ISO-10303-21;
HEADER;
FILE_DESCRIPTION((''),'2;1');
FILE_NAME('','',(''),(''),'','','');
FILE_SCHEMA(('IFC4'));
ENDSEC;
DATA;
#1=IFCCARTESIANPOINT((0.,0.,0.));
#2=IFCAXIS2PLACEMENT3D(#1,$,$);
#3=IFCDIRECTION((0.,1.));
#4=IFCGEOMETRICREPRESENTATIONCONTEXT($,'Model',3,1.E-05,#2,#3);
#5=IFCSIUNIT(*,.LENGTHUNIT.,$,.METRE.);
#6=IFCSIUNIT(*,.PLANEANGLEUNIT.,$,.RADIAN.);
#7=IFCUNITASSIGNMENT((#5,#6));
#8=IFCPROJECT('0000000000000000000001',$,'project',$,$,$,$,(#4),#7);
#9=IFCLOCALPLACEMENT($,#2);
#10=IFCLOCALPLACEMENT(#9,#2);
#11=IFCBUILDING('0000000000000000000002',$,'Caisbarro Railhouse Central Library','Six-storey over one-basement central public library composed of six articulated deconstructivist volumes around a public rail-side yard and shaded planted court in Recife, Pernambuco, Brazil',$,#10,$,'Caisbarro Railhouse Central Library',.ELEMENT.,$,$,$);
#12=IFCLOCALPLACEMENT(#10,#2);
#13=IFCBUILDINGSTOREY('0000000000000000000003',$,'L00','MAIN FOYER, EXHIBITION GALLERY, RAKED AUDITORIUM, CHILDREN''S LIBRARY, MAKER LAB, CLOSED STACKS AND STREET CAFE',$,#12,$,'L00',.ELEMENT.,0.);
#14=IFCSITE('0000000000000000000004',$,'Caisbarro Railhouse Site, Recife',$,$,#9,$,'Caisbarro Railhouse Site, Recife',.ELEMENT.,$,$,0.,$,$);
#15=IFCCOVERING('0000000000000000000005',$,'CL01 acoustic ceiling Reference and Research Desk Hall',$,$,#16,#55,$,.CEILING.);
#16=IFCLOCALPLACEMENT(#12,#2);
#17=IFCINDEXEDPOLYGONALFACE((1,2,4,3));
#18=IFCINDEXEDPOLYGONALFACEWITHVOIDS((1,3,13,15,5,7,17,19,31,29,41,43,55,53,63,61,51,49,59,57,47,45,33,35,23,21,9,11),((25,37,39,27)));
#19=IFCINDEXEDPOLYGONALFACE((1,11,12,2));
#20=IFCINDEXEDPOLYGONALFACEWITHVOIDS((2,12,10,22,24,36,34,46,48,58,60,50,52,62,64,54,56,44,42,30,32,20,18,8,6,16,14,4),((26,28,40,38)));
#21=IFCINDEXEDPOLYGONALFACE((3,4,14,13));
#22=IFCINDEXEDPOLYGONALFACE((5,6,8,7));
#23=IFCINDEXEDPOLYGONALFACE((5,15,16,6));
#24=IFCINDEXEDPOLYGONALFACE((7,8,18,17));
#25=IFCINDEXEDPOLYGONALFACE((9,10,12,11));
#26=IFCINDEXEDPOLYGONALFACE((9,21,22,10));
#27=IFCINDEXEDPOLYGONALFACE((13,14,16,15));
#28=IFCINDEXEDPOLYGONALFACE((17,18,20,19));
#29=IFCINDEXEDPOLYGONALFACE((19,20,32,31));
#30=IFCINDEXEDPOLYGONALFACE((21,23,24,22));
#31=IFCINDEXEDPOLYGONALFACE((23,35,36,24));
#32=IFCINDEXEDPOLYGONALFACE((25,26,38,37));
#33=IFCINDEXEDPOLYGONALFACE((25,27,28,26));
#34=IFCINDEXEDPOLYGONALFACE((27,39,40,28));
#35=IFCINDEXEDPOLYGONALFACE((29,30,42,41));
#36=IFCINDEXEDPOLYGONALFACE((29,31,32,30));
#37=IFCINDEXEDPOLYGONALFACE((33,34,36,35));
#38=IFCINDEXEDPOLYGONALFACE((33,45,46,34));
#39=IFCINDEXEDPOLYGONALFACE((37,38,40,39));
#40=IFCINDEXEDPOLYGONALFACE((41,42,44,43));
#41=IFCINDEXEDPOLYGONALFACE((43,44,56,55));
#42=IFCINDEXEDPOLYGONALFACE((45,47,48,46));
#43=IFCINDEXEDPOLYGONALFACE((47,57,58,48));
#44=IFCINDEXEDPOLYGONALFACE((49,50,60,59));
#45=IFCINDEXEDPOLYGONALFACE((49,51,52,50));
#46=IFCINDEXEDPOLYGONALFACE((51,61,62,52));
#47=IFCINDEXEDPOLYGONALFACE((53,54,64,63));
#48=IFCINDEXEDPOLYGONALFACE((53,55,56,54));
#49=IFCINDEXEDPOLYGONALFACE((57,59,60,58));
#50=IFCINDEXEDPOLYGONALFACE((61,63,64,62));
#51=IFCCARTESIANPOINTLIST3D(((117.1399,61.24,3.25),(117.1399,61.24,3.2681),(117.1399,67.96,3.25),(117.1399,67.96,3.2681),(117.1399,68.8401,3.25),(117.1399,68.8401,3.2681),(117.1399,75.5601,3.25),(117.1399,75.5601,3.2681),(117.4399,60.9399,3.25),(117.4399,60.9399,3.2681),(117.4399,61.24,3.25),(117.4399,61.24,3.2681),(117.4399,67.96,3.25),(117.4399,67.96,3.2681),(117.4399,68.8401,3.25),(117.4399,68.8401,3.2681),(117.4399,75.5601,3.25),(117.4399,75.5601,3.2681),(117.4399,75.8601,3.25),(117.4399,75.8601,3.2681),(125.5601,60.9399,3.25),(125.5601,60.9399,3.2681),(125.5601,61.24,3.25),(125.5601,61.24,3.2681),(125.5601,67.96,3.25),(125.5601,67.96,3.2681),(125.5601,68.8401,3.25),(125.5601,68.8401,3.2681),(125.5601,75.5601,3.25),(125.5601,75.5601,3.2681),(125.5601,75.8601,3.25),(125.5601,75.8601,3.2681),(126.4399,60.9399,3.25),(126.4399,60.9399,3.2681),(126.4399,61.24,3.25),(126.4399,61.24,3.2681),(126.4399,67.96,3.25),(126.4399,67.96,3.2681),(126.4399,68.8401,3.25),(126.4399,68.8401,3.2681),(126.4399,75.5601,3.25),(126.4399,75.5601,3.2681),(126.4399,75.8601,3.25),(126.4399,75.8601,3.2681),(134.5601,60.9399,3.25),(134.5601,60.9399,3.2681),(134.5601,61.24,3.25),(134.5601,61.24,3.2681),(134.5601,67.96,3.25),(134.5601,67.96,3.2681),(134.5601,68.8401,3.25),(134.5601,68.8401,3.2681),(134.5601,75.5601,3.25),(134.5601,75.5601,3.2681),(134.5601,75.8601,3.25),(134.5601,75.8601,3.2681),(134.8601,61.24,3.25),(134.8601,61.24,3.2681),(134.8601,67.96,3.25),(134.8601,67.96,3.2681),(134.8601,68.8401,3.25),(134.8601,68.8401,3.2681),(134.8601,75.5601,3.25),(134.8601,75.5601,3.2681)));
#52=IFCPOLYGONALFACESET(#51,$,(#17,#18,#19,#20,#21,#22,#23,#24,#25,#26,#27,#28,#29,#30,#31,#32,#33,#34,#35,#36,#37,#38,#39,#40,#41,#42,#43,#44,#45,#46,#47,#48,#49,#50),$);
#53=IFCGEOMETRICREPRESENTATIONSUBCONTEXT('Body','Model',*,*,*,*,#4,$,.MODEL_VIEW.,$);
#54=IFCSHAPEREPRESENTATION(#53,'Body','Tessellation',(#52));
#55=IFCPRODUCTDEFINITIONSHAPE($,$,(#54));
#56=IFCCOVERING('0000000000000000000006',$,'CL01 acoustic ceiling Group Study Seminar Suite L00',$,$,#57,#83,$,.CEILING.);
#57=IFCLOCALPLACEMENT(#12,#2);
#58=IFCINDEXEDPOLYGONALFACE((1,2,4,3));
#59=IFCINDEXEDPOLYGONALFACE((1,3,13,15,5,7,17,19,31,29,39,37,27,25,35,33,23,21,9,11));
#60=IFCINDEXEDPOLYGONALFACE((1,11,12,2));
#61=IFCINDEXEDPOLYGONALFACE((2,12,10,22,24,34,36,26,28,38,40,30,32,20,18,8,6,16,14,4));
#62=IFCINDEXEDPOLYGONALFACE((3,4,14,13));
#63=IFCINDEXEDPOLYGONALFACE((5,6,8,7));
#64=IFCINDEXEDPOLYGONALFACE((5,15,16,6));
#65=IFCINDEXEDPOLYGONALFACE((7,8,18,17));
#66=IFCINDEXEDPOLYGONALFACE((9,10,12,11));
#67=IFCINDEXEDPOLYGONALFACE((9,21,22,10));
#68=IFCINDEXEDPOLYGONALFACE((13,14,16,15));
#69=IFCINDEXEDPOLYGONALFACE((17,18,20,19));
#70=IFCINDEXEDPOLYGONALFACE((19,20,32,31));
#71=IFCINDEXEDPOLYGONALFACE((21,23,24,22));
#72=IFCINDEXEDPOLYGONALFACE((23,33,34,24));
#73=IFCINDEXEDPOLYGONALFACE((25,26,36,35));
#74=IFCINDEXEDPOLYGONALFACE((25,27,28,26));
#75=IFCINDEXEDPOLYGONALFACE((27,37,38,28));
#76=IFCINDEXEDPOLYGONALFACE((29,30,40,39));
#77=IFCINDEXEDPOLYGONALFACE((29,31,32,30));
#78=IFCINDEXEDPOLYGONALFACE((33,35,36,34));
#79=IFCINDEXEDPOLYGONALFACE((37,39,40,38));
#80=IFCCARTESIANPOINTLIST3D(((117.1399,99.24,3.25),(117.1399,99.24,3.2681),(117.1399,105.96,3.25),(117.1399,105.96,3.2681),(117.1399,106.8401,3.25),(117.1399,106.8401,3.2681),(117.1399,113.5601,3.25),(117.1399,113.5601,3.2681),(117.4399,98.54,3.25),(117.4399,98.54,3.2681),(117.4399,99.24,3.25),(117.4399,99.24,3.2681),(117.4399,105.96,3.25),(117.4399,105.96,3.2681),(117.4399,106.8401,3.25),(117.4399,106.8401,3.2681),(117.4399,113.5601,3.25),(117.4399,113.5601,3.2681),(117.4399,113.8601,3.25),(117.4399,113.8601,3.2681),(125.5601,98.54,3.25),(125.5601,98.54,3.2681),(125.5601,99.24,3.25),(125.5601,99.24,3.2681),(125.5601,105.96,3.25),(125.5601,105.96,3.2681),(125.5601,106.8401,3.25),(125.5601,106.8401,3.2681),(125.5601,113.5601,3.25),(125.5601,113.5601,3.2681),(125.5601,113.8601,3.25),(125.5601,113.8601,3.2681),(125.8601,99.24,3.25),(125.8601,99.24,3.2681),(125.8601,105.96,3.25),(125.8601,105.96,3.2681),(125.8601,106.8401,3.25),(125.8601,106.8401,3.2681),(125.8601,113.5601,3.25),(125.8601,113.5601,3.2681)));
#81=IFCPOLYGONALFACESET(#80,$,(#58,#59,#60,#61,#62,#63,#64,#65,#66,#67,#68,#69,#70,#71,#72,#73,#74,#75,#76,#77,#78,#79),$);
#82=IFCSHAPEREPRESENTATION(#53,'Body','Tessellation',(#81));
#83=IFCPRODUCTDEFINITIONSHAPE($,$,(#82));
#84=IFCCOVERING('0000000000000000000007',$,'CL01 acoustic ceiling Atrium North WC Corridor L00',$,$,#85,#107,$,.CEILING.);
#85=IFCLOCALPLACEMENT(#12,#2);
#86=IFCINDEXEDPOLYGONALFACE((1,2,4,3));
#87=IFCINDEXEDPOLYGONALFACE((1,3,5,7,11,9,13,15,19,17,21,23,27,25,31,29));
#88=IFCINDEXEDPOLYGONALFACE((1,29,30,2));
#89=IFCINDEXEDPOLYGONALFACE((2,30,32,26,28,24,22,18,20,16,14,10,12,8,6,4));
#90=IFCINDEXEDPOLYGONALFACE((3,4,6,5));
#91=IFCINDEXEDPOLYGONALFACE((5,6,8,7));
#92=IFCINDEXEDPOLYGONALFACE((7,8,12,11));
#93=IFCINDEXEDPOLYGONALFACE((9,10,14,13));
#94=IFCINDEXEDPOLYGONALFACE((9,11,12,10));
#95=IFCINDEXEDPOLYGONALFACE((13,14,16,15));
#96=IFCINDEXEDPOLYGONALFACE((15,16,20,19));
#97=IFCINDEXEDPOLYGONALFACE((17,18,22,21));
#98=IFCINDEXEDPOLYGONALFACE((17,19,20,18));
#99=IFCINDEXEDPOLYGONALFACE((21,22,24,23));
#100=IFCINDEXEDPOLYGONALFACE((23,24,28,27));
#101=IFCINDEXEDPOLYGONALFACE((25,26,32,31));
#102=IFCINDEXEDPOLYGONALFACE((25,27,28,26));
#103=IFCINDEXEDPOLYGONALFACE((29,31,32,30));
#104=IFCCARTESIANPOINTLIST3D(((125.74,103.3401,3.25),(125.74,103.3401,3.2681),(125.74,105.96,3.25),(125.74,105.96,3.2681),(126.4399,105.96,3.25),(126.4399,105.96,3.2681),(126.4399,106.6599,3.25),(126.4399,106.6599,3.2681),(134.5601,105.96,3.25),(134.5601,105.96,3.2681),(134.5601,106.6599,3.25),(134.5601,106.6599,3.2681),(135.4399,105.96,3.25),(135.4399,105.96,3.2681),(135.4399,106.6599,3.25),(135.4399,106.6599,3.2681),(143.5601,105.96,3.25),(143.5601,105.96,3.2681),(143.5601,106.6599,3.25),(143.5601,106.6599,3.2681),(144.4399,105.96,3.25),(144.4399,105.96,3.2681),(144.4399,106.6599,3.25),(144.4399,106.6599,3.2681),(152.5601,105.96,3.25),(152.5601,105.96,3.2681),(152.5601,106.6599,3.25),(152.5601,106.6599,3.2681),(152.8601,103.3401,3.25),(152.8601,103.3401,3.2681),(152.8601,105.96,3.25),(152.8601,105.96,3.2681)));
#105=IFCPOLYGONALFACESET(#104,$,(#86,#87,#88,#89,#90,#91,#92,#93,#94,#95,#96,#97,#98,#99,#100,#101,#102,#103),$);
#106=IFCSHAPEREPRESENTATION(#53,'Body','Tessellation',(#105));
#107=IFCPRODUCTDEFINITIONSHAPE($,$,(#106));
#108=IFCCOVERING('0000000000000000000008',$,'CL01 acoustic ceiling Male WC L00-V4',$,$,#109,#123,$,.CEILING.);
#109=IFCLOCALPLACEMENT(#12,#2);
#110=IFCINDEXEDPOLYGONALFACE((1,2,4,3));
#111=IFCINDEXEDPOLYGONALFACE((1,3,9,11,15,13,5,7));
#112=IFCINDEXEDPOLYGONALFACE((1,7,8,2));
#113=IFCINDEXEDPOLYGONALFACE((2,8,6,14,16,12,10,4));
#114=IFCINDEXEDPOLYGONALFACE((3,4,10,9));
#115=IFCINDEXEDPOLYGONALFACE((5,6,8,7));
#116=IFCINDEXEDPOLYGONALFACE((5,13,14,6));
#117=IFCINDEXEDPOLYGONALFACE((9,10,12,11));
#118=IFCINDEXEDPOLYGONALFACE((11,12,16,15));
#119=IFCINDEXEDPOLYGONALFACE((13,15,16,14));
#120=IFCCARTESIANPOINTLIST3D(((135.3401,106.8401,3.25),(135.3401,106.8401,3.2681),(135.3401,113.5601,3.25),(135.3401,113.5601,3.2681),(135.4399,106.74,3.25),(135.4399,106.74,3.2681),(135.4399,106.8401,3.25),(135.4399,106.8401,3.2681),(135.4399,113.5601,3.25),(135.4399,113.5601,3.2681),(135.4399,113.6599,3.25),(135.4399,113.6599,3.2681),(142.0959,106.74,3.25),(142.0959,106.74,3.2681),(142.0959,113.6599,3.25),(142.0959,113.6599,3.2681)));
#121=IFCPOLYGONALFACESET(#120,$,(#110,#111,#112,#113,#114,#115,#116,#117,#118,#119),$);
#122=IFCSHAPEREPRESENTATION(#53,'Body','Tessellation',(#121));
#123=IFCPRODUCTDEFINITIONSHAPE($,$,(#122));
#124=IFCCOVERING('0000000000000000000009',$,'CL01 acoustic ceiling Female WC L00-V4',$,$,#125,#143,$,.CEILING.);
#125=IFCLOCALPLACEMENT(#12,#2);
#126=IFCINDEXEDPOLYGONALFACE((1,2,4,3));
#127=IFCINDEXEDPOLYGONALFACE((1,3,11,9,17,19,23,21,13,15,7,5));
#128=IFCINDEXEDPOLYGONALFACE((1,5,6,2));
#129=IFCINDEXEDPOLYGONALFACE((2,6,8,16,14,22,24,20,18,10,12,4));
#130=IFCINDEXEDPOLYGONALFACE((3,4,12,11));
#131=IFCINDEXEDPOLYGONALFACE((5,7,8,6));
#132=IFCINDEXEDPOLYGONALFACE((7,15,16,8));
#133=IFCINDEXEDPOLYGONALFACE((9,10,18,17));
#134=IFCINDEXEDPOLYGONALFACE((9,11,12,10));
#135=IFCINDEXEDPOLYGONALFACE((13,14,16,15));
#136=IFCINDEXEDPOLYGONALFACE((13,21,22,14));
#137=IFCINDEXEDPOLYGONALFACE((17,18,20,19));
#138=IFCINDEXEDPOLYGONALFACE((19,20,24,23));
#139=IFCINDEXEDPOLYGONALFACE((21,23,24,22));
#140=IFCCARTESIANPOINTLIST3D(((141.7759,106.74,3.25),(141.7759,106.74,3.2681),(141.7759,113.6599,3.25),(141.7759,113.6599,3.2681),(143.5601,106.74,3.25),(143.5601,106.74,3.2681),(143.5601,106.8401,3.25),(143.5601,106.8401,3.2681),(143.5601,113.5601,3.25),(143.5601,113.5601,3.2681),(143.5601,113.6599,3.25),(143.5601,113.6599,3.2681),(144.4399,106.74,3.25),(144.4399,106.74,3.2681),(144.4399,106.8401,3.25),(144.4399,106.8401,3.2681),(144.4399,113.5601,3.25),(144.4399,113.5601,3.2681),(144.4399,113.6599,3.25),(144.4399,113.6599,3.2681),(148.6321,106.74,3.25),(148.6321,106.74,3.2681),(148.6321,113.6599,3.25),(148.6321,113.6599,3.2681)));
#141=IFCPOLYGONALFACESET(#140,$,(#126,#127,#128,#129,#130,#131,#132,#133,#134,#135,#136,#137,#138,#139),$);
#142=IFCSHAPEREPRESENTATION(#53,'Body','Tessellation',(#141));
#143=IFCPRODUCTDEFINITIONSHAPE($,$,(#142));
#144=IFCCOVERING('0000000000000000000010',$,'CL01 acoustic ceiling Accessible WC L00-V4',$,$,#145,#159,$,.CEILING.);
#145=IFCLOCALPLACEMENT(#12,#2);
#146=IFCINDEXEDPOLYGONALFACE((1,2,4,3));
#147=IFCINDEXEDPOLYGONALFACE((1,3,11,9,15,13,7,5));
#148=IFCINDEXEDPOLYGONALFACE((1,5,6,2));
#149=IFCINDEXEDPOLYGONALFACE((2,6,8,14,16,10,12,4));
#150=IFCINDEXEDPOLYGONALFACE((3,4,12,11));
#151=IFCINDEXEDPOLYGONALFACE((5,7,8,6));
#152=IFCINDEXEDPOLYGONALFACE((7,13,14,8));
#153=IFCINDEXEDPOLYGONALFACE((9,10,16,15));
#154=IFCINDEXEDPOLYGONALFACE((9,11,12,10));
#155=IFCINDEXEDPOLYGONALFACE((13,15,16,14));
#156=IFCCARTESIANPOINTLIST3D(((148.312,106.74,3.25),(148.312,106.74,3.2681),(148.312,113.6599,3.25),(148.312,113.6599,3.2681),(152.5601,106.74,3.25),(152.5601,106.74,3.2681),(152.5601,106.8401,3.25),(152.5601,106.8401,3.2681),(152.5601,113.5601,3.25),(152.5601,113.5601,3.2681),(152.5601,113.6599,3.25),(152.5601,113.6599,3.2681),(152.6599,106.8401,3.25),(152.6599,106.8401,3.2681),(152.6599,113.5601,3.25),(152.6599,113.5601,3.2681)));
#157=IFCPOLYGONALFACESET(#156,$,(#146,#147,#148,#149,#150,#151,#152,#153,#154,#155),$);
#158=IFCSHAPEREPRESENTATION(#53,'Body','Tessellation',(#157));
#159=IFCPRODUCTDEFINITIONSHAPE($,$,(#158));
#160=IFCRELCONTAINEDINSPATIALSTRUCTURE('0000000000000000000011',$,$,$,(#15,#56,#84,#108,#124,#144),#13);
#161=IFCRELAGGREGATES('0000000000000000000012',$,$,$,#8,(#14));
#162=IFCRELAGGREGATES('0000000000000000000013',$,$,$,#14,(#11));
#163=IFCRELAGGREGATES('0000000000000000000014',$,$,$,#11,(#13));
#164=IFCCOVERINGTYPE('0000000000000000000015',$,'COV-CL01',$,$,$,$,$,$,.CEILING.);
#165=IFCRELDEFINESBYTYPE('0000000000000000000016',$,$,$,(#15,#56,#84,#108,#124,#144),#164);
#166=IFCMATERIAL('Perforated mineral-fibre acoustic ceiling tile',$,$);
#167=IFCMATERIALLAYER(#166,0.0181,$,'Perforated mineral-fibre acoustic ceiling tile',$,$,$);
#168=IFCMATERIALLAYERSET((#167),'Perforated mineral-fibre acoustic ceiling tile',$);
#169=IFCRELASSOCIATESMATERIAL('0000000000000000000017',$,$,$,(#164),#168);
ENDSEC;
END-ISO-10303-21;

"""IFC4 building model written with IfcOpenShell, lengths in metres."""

from ifc_helpers import new_model, si_unit, direction, frame, origin, place, context, subcontext, project, spatial, polyline, outline, extrude, material, layer, layer_set, type_object, element, save


model = new_model("IFC4")

# Units and contexts
model_context = context("Model", 3, precision=1e-05, world=origin(), true_north=direction((0.0, 1.0)))
body_context = subcontext(model_context, "Body", "Model", "MODEL_VIEW")
ifc_project = project(units=[si_unit("LENGTHUNIT", "METRE"), si_unit("PLANEANGLEUNIT", "RADIAN")], contexts=[model_context])

# Site, building, storey
site_placement = place(None, origin())
site = spatial("IfcSite", under=ifc_project, at=site_placement, Name="Caisbarro Railhouse Site, Recife", LongName="Caisbarro Railhouse Site, Recife", CompositionType="ELEMENT", RefElevation=0.0)
building_placement = place(site_placement, origin())
building = spatial("IfcBuilding", under=site, at=building_placement, Name="Caisbarro Railhouse Central Library", Description="Six-storey over one-basement central public library composed of six articulated deconstructivist volumes around a public rail-side yard and shaded planted court in Recife, Pernambuco, Brazil", LongName="Caisbarro Railhouse Central Library", CompositionType="ELEMENT")
storey_placement = place(building_placement, origin())
storey = spatial("IfcBuildingStorey", under=building, at=storey_placement, Name="L00", Description="MAIN FOYER, EXHIBITION GALLERY, RAKED AUDITORIUM, CHILDREN'S LIBRARY, MAKER LAB, CLOSED STACKS AND STREET CAFE", LongName="L00", CompositionType="ELEMENT", Elevation=0.0)

# Coverings
ifc_material_1 = material(Name="Perforated mineral-fibre acoustic ceiling tile")
ifc_layer_1 = layer(ifc_material_1, 0.0181, Name="Perforated mineral-fibre acoustic ceiling tile")
ifc_layer_set_1 = layer_set([ifc_layer_1], Name="Perforated mineral-fibre acoustic ceiling tile")
covering_type_1 = type_object("IfcCoveringType", Name="COV-CL01", PredefinedType="CEILING", material=ifc_layer_set_1)
covering_1_placement = place(storey_placement, frame((0.0, 0.0, 3.25)))
element("IfcCovering", 1, at=covering_1_placement, inside=storey, type_object=covering_type_1, Name="CL01 acoustic ceiling Reference and Research Desk Hall", PredefinedType="CEILING", context=body_context, shape_type="SweptSolid", body=[
    extrude(outline(polyline([(117.4399, 61.24), (117.1399, 61.24), (117.1399, 67.96), (117.4399, 67.96), (117.4399, 68.8401), (117.1399, 68.8401), (117.1399, 75.5601), (117.4399, 75.5601), (117.4399, 75.8601), (125.5601, 75.8601), (125.5601, 75.5601), (126.4399, 75.5601), (126.4399, 75.8601), (134.5601, 75.8601), (134.5601, 75.5601), (134.8601, 75.5601), (134.8601, 68.8401), (134.5601, 68.8401), (134.5601, 67.96), (134.8601, 67.96), (134.8601, 61.24), (134.5601, 61.24), (134.5601, 60.9399), (126.4399, 60.9399), (126.4399, 61.24), (125.5601, 61.24), (125.5601, 60.9399), (117.4399, 60.9399), (117.4399, 61.24)]), holes=[polyline([(126.4399, 68.8401), (125.5601, 68.8401), (125.5601, 67.96), (126.4399, 67.96), (126.4399, 68.8401)])]), origin(), (0.0, 0.0, 1.0), 0.0181),
])
covering_2_placement = place(storey_placement, frame((0.0, 0.0, 3.25)))
element("IfcCovering", 2, at=covering_2_placement, inside=storey, type_object=covering_type_1, Name="CL01 acoustic ceiling Group Study Seminar Suite L00", PredefinedType="CEILING", context=body_context, shape_type="SweptSolid", body=[
    extrude(outline(polyline([(117.1399, 99.24), (117.1399, 105.96), (117.4399, 105.96), (117.4399, 106.8401), (117.1399, 106.8401), (117.1399, 113.5601), (117.4399, 113.5601), (117.4399, 113.8601), (125.5601, 113.8601), (125.5601, 113.5601), (125.8601, 113.5601), (125.8601, 106.8401), (125.5601, 106.8401), (125.5601, 105.96), (125.8601, 105.96), (125.8601, 99.24), (125.5601, 99.24), (125.5601, 98.54), (117.4399, 98.54), (117.4399, 99.24), (117.1399, 99.24)])), origin(), (0.0, 0.0, 1.0), 0.0181),
])
covering_3_placement = place(storey_placement, frame((0.0, 0.0, 3.25)))
element("IfcCovering", 3, at=covering_3_placement, inside=storey, type_object=covering_type_1, Name="CL01 acoustic ceiling Atrium North WC Corridor L00", PredefinedType="CEILING", context=body_context, shape_type="SweptSolid", body=[
    extrude(outline(polyline([(134.5601, 106.6599), (134.5601, 105.96), (135.4399, 105.96), (135.4399, 106.6599), (143.5601, 106.6599), (143.5601, 105.96), (144.4399, 105.96), (144.4399, 106.6599), (152.5601, 106.6599), (152.5601, 105.96), (152.8601, 105.96), (152.8601, 103.3401), (125.74, 103.3401), (125.74, 105.96), (126.4399, 105.96), (126.4399, 106.6599), (134.5601, 106.6599)])), origin(), (0.0, 0.0, 1.0), 0.0181),
])
covering_4_placement = place(storey_placement, frame((0.0, 0.0, 3.25)))
element("IfcCovering", 4, at=covering_4_placement, inside=storey, type_object=covering_type_1, Name="CL01 acoustic ceiling Male WC L00-V4", PredefinedType="CEILING", context=body_context, shape_type="SweptSolid", body=[
    extrude(outline(polyline([(142.0959, 113.6599), (142.0959, 106.74), (135.4399, 106.74), (135.4399, 106.8401), (135.3401, 106.8401), (135.3401, 113.5601), (135.4399, 113.5601), (135.4399, 113.6599), (142.0959, 113.6599)])), origin(), (0.0, 0.0, 1.0), 0.0181),
])
covering_5_placement = place(storey_placement, frame((0.0, 0.0, 3.25)))
element("IfcCovering", 5, at=covering_5_placement, inside=storey, type_object=covering_type_1, Name="CL01 acoustic ceiling Female WC L00-V4", PredefinedType="CEILING", context=body_context, shape_type="SweptSolid", body=[
    extrude(outline(polyline([(143.5601, 113.6599), (143.5601, 113.5601), (144.4399, 113.5601), (144.4399, 113.6599), (148.6321, 113.6599), (148.6321, 106.74), (144.4399, 106.74), (144.4399, 106.8401), (143.5601, 106.8401), (143.5601, 106.74), (141.7759, 106.74), (141.7759, 113.6599), (143.5601, 113.6599)])), origin(), (0.0, 0.0, 1.0), 0.0181),
])
covering_6_placement = place(storey_placement, frame((0.0, 0.0, 3.25)))
element("IfcCovering", 6, at=covering_6_placement, inside=storey, type_object=covering_type_1, Name="CL01 acoustic ceiling Accessible WC L00-V4", PredefinedType="CEILING", context=body_context, shape_type="SweptSolid", body=[
    extrude(outline(polyline([(152.5601, 113.6599), (152.5601, 113.5601), (152.6599, 113.5601), (152.6599, 106.8401), (152.5601, 106.8401), (152.5601, 106.74), (148.312, 106.74), (148.312, 113.6599), (152.5601, 113.6599)])), origin(), (0.0, 0.0, 1.0), 0.0181),
])

save(model, "model.ifc")
